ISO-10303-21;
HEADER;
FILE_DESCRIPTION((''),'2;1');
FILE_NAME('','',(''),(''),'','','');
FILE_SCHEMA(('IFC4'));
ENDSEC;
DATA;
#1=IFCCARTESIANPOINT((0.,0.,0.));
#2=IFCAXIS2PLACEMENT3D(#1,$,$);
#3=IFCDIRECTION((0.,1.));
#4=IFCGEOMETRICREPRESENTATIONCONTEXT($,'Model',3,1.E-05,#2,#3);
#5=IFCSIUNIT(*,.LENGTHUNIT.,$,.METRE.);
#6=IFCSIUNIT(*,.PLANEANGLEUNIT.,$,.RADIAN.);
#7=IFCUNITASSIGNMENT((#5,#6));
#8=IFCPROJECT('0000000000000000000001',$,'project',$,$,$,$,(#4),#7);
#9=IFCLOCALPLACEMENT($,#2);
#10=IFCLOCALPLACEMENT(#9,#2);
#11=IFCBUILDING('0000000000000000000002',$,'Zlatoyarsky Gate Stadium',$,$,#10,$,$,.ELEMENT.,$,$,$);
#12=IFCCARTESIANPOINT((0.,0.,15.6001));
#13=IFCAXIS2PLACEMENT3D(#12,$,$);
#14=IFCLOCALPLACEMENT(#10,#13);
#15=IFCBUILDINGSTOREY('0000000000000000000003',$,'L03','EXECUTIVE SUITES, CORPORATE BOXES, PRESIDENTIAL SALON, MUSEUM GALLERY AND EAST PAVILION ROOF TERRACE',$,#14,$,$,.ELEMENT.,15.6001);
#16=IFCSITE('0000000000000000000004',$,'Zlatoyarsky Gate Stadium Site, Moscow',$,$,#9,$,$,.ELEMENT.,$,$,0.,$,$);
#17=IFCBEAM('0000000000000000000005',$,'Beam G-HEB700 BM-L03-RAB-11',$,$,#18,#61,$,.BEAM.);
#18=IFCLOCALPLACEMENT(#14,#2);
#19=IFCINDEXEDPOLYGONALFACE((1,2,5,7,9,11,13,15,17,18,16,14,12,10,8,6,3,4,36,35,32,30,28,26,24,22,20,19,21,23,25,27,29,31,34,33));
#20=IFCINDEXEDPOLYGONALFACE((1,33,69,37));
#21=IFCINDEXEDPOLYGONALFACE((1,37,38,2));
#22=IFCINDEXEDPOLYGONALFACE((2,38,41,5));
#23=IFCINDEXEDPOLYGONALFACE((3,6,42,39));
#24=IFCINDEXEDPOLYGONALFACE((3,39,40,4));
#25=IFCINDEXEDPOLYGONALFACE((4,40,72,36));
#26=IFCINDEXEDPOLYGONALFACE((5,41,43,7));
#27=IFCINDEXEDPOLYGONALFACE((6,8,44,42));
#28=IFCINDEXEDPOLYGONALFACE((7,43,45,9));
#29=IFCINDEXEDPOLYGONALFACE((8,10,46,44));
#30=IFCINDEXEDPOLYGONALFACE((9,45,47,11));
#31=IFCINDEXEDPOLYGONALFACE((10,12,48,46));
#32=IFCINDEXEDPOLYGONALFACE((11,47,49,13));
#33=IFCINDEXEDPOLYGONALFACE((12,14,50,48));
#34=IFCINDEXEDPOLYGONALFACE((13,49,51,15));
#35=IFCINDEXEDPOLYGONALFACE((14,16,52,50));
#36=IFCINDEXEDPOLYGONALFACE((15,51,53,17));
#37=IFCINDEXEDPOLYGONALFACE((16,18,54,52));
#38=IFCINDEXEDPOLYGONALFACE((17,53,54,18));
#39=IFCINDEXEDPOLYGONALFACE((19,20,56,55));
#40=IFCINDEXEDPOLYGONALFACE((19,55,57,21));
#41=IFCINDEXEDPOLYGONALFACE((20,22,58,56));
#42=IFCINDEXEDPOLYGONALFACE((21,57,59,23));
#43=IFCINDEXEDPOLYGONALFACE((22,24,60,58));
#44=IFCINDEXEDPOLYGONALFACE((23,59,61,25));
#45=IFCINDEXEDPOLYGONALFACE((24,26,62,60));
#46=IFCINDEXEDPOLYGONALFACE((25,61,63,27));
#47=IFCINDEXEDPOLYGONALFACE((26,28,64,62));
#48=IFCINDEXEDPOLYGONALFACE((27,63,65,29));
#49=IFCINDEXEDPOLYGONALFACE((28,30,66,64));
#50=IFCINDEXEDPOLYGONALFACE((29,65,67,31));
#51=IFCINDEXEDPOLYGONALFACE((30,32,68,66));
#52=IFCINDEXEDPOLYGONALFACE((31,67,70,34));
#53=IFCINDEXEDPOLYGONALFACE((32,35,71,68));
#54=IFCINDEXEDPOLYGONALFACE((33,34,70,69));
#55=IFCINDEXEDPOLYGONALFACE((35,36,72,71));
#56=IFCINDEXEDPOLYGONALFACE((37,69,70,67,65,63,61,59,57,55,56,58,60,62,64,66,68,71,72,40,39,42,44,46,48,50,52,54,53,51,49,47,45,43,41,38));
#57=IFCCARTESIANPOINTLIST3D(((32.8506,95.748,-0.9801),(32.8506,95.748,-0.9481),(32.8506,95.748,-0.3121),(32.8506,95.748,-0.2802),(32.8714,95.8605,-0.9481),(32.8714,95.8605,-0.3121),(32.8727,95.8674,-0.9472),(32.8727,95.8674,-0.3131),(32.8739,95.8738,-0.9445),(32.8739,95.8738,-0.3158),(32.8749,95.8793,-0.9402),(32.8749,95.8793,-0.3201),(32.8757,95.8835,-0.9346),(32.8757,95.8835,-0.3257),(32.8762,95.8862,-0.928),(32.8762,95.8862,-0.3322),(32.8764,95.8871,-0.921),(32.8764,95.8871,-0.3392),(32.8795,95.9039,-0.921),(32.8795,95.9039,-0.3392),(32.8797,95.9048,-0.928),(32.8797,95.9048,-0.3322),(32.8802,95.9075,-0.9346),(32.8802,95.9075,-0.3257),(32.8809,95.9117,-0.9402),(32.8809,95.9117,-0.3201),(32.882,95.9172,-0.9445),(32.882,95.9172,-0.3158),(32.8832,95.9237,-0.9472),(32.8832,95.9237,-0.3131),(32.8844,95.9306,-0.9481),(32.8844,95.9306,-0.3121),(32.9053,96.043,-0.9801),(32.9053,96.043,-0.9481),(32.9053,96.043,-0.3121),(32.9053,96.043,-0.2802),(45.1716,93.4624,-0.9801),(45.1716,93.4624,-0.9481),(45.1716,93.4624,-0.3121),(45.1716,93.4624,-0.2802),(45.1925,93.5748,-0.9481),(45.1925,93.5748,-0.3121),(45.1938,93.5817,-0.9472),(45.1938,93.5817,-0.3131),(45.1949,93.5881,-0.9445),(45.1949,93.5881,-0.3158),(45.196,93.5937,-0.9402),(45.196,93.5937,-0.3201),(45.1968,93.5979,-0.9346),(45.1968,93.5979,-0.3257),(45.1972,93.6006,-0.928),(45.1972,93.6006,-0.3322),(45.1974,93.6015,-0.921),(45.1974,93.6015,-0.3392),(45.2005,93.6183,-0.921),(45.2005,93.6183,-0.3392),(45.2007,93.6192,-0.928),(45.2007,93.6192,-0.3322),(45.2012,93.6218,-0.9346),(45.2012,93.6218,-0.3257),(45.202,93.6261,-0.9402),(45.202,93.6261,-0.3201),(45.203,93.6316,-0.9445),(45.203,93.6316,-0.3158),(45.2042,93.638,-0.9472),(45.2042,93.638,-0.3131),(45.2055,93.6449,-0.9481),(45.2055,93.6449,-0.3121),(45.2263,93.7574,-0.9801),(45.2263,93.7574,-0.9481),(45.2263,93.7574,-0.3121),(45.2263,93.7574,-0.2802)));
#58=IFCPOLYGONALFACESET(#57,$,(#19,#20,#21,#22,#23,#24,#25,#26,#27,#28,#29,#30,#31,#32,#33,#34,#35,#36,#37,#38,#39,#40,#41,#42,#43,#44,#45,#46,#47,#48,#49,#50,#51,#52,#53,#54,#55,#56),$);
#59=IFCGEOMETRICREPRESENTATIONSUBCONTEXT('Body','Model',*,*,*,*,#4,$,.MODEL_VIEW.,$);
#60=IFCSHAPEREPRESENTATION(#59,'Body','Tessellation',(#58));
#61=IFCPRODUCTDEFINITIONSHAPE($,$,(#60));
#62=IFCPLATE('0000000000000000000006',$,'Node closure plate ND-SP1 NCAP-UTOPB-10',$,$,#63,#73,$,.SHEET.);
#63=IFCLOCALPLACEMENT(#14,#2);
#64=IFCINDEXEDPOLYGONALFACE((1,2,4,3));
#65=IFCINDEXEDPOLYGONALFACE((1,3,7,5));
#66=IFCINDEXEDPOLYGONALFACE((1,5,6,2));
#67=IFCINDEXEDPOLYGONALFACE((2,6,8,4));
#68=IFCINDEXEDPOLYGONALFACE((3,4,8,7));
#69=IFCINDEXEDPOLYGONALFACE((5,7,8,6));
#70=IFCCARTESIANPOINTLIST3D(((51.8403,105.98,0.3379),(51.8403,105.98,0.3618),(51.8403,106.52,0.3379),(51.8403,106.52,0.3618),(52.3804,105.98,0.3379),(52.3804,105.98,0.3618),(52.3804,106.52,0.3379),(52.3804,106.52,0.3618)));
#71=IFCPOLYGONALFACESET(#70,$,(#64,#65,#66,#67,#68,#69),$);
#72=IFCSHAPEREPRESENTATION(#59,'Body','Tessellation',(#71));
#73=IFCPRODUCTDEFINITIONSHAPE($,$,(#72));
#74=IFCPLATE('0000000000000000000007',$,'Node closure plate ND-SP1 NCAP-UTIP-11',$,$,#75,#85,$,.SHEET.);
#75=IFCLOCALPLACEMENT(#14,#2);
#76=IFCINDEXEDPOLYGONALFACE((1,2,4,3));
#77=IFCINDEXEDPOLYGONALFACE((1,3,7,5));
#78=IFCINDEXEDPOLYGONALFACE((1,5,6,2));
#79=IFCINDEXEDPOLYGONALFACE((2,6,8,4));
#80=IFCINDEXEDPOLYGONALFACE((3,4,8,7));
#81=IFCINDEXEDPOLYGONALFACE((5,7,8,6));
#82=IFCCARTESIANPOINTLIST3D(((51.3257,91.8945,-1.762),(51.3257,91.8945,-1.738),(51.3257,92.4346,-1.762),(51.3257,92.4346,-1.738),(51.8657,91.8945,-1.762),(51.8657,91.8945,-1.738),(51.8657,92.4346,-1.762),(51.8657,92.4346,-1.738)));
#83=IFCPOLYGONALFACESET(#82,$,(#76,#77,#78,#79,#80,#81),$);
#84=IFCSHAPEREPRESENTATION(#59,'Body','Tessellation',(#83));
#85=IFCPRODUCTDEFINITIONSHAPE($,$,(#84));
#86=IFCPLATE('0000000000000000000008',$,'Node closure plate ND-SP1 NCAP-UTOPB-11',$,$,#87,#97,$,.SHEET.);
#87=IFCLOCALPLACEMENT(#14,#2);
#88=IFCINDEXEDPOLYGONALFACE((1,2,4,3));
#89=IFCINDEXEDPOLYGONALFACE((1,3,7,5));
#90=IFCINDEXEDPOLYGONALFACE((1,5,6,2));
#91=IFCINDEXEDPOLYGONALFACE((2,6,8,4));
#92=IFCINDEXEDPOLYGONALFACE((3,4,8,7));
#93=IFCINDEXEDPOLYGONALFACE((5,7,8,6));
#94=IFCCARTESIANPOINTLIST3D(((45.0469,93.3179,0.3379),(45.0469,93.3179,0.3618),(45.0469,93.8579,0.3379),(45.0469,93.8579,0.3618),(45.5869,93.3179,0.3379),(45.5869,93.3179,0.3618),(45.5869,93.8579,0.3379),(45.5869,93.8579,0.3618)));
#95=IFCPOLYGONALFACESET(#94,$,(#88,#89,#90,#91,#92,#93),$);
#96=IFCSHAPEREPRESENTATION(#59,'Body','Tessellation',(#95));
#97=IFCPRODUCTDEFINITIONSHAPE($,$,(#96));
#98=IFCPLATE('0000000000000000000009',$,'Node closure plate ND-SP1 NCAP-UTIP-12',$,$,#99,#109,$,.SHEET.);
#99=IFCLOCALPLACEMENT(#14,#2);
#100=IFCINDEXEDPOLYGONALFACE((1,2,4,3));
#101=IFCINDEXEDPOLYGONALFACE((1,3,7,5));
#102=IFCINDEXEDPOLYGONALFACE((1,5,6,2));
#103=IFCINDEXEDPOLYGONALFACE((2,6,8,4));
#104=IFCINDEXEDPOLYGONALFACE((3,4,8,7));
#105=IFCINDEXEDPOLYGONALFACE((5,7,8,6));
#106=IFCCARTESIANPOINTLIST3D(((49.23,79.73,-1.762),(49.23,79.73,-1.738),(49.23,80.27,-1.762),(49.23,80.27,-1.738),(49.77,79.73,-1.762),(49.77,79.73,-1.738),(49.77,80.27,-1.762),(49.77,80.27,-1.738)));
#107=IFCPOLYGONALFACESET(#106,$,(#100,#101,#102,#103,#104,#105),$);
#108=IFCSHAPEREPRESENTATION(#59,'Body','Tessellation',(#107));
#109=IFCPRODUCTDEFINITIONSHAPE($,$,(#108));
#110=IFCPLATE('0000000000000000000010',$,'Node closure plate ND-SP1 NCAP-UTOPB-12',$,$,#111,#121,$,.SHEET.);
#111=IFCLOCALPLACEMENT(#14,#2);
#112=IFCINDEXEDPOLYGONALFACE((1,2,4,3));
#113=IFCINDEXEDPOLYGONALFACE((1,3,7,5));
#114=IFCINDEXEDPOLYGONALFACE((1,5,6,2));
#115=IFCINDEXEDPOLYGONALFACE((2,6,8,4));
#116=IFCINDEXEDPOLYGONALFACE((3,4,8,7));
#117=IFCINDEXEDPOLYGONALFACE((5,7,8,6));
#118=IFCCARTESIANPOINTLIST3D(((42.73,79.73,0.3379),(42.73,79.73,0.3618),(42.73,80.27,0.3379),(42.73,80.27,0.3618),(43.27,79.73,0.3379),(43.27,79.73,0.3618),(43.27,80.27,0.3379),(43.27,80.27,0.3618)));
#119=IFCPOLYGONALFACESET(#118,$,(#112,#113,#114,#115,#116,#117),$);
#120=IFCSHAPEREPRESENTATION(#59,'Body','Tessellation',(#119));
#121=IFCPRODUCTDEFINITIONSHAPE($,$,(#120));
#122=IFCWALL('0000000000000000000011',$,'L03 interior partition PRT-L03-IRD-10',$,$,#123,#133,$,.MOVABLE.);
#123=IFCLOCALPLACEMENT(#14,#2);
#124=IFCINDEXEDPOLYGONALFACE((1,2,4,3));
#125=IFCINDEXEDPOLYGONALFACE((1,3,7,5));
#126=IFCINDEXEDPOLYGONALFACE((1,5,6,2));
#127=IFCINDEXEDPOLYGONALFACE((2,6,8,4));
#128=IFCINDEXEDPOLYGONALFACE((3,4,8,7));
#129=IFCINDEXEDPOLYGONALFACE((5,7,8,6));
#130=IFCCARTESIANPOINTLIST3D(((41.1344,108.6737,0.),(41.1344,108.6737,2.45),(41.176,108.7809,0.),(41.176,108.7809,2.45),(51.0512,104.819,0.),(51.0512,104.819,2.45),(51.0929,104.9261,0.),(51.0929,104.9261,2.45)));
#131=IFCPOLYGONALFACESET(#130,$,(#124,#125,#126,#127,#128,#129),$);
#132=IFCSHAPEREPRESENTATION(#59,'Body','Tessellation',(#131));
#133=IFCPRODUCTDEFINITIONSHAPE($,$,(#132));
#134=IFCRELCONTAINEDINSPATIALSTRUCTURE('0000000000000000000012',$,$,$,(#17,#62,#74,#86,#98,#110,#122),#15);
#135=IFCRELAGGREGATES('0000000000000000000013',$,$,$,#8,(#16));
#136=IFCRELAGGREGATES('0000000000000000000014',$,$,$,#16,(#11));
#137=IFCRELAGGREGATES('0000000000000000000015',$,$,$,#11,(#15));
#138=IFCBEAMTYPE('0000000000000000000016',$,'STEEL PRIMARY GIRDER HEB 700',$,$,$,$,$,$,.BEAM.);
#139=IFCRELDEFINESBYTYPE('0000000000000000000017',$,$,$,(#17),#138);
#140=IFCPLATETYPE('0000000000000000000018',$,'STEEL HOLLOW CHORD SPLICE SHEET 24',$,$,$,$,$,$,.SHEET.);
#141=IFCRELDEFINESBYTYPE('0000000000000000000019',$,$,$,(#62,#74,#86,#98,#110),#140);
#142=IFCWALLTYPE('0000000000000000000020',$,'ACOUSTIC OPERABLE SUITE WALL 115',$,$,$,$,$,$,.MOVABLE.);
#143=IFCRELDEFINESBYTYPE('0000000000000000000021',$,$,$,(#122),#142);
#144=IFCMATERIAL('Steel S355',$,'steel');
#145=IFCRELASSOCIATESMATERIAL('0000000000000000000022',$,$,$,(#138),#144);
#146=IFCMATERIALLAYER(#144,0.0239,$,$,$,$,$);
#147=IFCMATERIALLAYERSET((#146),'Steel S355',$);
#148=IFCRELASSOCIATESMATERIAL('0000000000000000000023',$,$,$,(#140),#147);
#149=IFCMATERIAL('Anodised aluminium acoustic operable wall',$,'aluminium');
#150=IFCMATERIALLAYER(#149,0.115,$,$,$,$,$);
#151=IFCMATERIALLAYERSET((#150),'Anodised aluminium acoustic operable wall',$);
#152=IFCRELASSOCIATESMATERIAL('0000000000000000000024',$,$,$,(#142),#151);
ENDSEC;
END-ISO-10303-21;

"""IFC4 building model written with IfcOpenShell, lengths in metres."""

from ifc_helpers import new_model, si_unit, direction, frame, frame_2d, origin, origin_2d, place, context, subcontext, project, spatial, rectangle, i_section, extrude, material, layer, layer_set, material_profile, profile_set, type_object, element, save


model = new_model("IFC4")

# Units and contexts
model_context = context("Model", 3, precision=1e-05, world=origin(), true_north=direction((0.0, 1.0)))
body_context = subcontext(model_context, "Body", "Model", "MODEL_VIEW")
ifc_project = project(units=[si_unit("LENGTHUNIT", "METRE"), si_unit("PLANEANGLEUNIT", "RADIAN")], contexts=[model_context])

# Site, building, storey
site_placement = place(None, origin())
site = spatial("IfcSite", under=ifc_project, at=site_placement, Name="Zlatoyarsky Gate Stadium Site, Moscow", CompositionType="ELEMENT", RefElevation=0.0)
building_placement = place(site_placement, origin())
building = spatial("IfcBuilding", under=site, at=building_placement, Name="Zlatoyarsky Gate Stadium", CompositionType="ELEMENT")
storey_placement = place(building_placement, frame((0.0, 0.0, 15.6001)))
storey = spatial("IfcBuildingStorey", under=building, at=storey_placement, Name="L03", Description="EXECUTIVE SUITES, CORPORATE BOXES, PRESIDENTIAL SALON, MUSEUM GALLERY AND EAST PAVILION ROOF TERRACE", CompositionType="ELEMENT", Elevation=15.6001)

# Shared definitions
ifc_material_1 = material(Name="Steel S355", Category="steel")

# Beam
ifc_material_profile_1 = material_profile(ifc_material_1, i_section(OverallWidth=0.3, OverallDepth=0.7, WebThickness=0.0171, FlangeThickness=0.032, FilletRadius=0.0271, at=origin_2d()), Name="HEB 700")
ifc_profile_set_1 = profile_set([ifc_material_profile_1], Name="Steel S355")
beam_type_1 = type_object("IfcBeamType", Name="STEEL PRIMARY GIRDER HEB 700", PredefinedType="BEAM", material=ifc_profile_set_1)
beam_1_placement = place(storey_placement, frame((45.199, 93.6099, -0.6301), z_axis=(-0.983225, 0.182396, 0.0), x_axis=(-0.182396, -0.983225, 0.0)))
element("IfcBeam", 1, at=beam_1_placement, inside=storey, type_object=beam_type_1, Name="Beam G-HEB700 BM-L03-RAB-11", PredefinedType="BEAM", context=body_context, shape_type="SweptSolid", body=[
    extrude(i_section(OverallWidth=0.3, OverallDepth=0.7, WebThickness=0.0171, FlangeThickness=0.032, FilletRadius=0.0271, at=origin_2d()), origin(), (0.0, 0.0, 1.0), 12.5312),
])

# Plates
ifc_layer_1 = layer(ifc_material_1, 0.0239)
ifc_layer_set_1 = layer_set([ifc_layer_1], Name="Steel S355")
plate_type = type_object("IfcPlateType", Name="STEEL HOLLOW CHORD SPLICE SHEET 24", PredefinedType="SHEET", material=ifc_layer_set_1)
for number, where, z_axis, x_axis, name in (
    (2, (52.1104, 106.25, 0.3379), (0.0, 0.0, 1.0), (1.0, 0.0, 0.0), "Node closure plate ND-SP1 NCAP-UTOPB-10"),
    (3, (51.5957, 92.1646, -1.762), (0.0, 0.0, 1.0), (1.0, 0.0, 0.0), "Node closure plate ND-SP1 NCAP-UTIP-11"),
    (4, (45.3169, 93.5879, 0.3379), (0.0, 0.0, 1.0), (1.0, 0.0, 0.0), "Node closure plate ND-SP1 NCAP-UTOPB-11"),
    (5, (49.5, 80.0, -1.762), (0.0, 0.0, 1.0), (1.0, 0.0, 0.0), "Node closure plate ND-SP1 NCAP-UTIP-12"),
    (6, (43.0, 80.0, 0.3379), (0.0, 0.0, 1.0), (1.0, 0.0, 0.0), "Node closure plate ND-SP1 NCAP-UTOPB-12"),
):
    element("IfcPlate", number, at=place(storey_placement, frame(where, z_axis=z_axis, x_axis=x_axis)), inside=storey, type_object=plate_type, Name=name, PredefinedType="SHEET", context=body_context, shape_type="SweptSolid", body=[
        extrude(rectangle(XDim=0.54, YDim=0.54, at=origin_2d()), origin(), (0.0, 0.0, 1.0), 0.0239),
    ])

# Wall
ifc_material_2 = material(Name="Anodised aluminium acoustic operable wall", Category="aluminium")
ifc_layer_2 = layer(ifc_material_2, 0.115)
ifc_layer_set_2 = layer_set([ifc_layer_2], Name="Anodised aluminium acoustic operable wall")
wall_type_1 = type_object("IfcWallType", Name="ACOUSTIC OPERABLE SUITE WALL 115", PredefinedType="MOVABLE", material=ifc_layer_set_2)
wall_1_placement = place(storey_placement, frame((51.072, 104.8726, 0.0), z_axis=(0.0, 0.0, 1.0), x_axis=(-0.932061, 0.362301, 0.0)))
element("IfcWall", 7, at=wall_1_placement, inside=storey, type_object=wall_type_1, Name="L03 interior partition PRT-L03-IRD-10", PredefinedType="MOVABLE", context=body_context, shape_type="SweptSolid", body=[
    extrude(rectangle(XDim=10.6396, YDim=0.115, at=frame_2d((5.3198, 0.0))), origin(), (0.0, 0.0, 1.0), 2.45),
])

save(model, "model.ifc")
